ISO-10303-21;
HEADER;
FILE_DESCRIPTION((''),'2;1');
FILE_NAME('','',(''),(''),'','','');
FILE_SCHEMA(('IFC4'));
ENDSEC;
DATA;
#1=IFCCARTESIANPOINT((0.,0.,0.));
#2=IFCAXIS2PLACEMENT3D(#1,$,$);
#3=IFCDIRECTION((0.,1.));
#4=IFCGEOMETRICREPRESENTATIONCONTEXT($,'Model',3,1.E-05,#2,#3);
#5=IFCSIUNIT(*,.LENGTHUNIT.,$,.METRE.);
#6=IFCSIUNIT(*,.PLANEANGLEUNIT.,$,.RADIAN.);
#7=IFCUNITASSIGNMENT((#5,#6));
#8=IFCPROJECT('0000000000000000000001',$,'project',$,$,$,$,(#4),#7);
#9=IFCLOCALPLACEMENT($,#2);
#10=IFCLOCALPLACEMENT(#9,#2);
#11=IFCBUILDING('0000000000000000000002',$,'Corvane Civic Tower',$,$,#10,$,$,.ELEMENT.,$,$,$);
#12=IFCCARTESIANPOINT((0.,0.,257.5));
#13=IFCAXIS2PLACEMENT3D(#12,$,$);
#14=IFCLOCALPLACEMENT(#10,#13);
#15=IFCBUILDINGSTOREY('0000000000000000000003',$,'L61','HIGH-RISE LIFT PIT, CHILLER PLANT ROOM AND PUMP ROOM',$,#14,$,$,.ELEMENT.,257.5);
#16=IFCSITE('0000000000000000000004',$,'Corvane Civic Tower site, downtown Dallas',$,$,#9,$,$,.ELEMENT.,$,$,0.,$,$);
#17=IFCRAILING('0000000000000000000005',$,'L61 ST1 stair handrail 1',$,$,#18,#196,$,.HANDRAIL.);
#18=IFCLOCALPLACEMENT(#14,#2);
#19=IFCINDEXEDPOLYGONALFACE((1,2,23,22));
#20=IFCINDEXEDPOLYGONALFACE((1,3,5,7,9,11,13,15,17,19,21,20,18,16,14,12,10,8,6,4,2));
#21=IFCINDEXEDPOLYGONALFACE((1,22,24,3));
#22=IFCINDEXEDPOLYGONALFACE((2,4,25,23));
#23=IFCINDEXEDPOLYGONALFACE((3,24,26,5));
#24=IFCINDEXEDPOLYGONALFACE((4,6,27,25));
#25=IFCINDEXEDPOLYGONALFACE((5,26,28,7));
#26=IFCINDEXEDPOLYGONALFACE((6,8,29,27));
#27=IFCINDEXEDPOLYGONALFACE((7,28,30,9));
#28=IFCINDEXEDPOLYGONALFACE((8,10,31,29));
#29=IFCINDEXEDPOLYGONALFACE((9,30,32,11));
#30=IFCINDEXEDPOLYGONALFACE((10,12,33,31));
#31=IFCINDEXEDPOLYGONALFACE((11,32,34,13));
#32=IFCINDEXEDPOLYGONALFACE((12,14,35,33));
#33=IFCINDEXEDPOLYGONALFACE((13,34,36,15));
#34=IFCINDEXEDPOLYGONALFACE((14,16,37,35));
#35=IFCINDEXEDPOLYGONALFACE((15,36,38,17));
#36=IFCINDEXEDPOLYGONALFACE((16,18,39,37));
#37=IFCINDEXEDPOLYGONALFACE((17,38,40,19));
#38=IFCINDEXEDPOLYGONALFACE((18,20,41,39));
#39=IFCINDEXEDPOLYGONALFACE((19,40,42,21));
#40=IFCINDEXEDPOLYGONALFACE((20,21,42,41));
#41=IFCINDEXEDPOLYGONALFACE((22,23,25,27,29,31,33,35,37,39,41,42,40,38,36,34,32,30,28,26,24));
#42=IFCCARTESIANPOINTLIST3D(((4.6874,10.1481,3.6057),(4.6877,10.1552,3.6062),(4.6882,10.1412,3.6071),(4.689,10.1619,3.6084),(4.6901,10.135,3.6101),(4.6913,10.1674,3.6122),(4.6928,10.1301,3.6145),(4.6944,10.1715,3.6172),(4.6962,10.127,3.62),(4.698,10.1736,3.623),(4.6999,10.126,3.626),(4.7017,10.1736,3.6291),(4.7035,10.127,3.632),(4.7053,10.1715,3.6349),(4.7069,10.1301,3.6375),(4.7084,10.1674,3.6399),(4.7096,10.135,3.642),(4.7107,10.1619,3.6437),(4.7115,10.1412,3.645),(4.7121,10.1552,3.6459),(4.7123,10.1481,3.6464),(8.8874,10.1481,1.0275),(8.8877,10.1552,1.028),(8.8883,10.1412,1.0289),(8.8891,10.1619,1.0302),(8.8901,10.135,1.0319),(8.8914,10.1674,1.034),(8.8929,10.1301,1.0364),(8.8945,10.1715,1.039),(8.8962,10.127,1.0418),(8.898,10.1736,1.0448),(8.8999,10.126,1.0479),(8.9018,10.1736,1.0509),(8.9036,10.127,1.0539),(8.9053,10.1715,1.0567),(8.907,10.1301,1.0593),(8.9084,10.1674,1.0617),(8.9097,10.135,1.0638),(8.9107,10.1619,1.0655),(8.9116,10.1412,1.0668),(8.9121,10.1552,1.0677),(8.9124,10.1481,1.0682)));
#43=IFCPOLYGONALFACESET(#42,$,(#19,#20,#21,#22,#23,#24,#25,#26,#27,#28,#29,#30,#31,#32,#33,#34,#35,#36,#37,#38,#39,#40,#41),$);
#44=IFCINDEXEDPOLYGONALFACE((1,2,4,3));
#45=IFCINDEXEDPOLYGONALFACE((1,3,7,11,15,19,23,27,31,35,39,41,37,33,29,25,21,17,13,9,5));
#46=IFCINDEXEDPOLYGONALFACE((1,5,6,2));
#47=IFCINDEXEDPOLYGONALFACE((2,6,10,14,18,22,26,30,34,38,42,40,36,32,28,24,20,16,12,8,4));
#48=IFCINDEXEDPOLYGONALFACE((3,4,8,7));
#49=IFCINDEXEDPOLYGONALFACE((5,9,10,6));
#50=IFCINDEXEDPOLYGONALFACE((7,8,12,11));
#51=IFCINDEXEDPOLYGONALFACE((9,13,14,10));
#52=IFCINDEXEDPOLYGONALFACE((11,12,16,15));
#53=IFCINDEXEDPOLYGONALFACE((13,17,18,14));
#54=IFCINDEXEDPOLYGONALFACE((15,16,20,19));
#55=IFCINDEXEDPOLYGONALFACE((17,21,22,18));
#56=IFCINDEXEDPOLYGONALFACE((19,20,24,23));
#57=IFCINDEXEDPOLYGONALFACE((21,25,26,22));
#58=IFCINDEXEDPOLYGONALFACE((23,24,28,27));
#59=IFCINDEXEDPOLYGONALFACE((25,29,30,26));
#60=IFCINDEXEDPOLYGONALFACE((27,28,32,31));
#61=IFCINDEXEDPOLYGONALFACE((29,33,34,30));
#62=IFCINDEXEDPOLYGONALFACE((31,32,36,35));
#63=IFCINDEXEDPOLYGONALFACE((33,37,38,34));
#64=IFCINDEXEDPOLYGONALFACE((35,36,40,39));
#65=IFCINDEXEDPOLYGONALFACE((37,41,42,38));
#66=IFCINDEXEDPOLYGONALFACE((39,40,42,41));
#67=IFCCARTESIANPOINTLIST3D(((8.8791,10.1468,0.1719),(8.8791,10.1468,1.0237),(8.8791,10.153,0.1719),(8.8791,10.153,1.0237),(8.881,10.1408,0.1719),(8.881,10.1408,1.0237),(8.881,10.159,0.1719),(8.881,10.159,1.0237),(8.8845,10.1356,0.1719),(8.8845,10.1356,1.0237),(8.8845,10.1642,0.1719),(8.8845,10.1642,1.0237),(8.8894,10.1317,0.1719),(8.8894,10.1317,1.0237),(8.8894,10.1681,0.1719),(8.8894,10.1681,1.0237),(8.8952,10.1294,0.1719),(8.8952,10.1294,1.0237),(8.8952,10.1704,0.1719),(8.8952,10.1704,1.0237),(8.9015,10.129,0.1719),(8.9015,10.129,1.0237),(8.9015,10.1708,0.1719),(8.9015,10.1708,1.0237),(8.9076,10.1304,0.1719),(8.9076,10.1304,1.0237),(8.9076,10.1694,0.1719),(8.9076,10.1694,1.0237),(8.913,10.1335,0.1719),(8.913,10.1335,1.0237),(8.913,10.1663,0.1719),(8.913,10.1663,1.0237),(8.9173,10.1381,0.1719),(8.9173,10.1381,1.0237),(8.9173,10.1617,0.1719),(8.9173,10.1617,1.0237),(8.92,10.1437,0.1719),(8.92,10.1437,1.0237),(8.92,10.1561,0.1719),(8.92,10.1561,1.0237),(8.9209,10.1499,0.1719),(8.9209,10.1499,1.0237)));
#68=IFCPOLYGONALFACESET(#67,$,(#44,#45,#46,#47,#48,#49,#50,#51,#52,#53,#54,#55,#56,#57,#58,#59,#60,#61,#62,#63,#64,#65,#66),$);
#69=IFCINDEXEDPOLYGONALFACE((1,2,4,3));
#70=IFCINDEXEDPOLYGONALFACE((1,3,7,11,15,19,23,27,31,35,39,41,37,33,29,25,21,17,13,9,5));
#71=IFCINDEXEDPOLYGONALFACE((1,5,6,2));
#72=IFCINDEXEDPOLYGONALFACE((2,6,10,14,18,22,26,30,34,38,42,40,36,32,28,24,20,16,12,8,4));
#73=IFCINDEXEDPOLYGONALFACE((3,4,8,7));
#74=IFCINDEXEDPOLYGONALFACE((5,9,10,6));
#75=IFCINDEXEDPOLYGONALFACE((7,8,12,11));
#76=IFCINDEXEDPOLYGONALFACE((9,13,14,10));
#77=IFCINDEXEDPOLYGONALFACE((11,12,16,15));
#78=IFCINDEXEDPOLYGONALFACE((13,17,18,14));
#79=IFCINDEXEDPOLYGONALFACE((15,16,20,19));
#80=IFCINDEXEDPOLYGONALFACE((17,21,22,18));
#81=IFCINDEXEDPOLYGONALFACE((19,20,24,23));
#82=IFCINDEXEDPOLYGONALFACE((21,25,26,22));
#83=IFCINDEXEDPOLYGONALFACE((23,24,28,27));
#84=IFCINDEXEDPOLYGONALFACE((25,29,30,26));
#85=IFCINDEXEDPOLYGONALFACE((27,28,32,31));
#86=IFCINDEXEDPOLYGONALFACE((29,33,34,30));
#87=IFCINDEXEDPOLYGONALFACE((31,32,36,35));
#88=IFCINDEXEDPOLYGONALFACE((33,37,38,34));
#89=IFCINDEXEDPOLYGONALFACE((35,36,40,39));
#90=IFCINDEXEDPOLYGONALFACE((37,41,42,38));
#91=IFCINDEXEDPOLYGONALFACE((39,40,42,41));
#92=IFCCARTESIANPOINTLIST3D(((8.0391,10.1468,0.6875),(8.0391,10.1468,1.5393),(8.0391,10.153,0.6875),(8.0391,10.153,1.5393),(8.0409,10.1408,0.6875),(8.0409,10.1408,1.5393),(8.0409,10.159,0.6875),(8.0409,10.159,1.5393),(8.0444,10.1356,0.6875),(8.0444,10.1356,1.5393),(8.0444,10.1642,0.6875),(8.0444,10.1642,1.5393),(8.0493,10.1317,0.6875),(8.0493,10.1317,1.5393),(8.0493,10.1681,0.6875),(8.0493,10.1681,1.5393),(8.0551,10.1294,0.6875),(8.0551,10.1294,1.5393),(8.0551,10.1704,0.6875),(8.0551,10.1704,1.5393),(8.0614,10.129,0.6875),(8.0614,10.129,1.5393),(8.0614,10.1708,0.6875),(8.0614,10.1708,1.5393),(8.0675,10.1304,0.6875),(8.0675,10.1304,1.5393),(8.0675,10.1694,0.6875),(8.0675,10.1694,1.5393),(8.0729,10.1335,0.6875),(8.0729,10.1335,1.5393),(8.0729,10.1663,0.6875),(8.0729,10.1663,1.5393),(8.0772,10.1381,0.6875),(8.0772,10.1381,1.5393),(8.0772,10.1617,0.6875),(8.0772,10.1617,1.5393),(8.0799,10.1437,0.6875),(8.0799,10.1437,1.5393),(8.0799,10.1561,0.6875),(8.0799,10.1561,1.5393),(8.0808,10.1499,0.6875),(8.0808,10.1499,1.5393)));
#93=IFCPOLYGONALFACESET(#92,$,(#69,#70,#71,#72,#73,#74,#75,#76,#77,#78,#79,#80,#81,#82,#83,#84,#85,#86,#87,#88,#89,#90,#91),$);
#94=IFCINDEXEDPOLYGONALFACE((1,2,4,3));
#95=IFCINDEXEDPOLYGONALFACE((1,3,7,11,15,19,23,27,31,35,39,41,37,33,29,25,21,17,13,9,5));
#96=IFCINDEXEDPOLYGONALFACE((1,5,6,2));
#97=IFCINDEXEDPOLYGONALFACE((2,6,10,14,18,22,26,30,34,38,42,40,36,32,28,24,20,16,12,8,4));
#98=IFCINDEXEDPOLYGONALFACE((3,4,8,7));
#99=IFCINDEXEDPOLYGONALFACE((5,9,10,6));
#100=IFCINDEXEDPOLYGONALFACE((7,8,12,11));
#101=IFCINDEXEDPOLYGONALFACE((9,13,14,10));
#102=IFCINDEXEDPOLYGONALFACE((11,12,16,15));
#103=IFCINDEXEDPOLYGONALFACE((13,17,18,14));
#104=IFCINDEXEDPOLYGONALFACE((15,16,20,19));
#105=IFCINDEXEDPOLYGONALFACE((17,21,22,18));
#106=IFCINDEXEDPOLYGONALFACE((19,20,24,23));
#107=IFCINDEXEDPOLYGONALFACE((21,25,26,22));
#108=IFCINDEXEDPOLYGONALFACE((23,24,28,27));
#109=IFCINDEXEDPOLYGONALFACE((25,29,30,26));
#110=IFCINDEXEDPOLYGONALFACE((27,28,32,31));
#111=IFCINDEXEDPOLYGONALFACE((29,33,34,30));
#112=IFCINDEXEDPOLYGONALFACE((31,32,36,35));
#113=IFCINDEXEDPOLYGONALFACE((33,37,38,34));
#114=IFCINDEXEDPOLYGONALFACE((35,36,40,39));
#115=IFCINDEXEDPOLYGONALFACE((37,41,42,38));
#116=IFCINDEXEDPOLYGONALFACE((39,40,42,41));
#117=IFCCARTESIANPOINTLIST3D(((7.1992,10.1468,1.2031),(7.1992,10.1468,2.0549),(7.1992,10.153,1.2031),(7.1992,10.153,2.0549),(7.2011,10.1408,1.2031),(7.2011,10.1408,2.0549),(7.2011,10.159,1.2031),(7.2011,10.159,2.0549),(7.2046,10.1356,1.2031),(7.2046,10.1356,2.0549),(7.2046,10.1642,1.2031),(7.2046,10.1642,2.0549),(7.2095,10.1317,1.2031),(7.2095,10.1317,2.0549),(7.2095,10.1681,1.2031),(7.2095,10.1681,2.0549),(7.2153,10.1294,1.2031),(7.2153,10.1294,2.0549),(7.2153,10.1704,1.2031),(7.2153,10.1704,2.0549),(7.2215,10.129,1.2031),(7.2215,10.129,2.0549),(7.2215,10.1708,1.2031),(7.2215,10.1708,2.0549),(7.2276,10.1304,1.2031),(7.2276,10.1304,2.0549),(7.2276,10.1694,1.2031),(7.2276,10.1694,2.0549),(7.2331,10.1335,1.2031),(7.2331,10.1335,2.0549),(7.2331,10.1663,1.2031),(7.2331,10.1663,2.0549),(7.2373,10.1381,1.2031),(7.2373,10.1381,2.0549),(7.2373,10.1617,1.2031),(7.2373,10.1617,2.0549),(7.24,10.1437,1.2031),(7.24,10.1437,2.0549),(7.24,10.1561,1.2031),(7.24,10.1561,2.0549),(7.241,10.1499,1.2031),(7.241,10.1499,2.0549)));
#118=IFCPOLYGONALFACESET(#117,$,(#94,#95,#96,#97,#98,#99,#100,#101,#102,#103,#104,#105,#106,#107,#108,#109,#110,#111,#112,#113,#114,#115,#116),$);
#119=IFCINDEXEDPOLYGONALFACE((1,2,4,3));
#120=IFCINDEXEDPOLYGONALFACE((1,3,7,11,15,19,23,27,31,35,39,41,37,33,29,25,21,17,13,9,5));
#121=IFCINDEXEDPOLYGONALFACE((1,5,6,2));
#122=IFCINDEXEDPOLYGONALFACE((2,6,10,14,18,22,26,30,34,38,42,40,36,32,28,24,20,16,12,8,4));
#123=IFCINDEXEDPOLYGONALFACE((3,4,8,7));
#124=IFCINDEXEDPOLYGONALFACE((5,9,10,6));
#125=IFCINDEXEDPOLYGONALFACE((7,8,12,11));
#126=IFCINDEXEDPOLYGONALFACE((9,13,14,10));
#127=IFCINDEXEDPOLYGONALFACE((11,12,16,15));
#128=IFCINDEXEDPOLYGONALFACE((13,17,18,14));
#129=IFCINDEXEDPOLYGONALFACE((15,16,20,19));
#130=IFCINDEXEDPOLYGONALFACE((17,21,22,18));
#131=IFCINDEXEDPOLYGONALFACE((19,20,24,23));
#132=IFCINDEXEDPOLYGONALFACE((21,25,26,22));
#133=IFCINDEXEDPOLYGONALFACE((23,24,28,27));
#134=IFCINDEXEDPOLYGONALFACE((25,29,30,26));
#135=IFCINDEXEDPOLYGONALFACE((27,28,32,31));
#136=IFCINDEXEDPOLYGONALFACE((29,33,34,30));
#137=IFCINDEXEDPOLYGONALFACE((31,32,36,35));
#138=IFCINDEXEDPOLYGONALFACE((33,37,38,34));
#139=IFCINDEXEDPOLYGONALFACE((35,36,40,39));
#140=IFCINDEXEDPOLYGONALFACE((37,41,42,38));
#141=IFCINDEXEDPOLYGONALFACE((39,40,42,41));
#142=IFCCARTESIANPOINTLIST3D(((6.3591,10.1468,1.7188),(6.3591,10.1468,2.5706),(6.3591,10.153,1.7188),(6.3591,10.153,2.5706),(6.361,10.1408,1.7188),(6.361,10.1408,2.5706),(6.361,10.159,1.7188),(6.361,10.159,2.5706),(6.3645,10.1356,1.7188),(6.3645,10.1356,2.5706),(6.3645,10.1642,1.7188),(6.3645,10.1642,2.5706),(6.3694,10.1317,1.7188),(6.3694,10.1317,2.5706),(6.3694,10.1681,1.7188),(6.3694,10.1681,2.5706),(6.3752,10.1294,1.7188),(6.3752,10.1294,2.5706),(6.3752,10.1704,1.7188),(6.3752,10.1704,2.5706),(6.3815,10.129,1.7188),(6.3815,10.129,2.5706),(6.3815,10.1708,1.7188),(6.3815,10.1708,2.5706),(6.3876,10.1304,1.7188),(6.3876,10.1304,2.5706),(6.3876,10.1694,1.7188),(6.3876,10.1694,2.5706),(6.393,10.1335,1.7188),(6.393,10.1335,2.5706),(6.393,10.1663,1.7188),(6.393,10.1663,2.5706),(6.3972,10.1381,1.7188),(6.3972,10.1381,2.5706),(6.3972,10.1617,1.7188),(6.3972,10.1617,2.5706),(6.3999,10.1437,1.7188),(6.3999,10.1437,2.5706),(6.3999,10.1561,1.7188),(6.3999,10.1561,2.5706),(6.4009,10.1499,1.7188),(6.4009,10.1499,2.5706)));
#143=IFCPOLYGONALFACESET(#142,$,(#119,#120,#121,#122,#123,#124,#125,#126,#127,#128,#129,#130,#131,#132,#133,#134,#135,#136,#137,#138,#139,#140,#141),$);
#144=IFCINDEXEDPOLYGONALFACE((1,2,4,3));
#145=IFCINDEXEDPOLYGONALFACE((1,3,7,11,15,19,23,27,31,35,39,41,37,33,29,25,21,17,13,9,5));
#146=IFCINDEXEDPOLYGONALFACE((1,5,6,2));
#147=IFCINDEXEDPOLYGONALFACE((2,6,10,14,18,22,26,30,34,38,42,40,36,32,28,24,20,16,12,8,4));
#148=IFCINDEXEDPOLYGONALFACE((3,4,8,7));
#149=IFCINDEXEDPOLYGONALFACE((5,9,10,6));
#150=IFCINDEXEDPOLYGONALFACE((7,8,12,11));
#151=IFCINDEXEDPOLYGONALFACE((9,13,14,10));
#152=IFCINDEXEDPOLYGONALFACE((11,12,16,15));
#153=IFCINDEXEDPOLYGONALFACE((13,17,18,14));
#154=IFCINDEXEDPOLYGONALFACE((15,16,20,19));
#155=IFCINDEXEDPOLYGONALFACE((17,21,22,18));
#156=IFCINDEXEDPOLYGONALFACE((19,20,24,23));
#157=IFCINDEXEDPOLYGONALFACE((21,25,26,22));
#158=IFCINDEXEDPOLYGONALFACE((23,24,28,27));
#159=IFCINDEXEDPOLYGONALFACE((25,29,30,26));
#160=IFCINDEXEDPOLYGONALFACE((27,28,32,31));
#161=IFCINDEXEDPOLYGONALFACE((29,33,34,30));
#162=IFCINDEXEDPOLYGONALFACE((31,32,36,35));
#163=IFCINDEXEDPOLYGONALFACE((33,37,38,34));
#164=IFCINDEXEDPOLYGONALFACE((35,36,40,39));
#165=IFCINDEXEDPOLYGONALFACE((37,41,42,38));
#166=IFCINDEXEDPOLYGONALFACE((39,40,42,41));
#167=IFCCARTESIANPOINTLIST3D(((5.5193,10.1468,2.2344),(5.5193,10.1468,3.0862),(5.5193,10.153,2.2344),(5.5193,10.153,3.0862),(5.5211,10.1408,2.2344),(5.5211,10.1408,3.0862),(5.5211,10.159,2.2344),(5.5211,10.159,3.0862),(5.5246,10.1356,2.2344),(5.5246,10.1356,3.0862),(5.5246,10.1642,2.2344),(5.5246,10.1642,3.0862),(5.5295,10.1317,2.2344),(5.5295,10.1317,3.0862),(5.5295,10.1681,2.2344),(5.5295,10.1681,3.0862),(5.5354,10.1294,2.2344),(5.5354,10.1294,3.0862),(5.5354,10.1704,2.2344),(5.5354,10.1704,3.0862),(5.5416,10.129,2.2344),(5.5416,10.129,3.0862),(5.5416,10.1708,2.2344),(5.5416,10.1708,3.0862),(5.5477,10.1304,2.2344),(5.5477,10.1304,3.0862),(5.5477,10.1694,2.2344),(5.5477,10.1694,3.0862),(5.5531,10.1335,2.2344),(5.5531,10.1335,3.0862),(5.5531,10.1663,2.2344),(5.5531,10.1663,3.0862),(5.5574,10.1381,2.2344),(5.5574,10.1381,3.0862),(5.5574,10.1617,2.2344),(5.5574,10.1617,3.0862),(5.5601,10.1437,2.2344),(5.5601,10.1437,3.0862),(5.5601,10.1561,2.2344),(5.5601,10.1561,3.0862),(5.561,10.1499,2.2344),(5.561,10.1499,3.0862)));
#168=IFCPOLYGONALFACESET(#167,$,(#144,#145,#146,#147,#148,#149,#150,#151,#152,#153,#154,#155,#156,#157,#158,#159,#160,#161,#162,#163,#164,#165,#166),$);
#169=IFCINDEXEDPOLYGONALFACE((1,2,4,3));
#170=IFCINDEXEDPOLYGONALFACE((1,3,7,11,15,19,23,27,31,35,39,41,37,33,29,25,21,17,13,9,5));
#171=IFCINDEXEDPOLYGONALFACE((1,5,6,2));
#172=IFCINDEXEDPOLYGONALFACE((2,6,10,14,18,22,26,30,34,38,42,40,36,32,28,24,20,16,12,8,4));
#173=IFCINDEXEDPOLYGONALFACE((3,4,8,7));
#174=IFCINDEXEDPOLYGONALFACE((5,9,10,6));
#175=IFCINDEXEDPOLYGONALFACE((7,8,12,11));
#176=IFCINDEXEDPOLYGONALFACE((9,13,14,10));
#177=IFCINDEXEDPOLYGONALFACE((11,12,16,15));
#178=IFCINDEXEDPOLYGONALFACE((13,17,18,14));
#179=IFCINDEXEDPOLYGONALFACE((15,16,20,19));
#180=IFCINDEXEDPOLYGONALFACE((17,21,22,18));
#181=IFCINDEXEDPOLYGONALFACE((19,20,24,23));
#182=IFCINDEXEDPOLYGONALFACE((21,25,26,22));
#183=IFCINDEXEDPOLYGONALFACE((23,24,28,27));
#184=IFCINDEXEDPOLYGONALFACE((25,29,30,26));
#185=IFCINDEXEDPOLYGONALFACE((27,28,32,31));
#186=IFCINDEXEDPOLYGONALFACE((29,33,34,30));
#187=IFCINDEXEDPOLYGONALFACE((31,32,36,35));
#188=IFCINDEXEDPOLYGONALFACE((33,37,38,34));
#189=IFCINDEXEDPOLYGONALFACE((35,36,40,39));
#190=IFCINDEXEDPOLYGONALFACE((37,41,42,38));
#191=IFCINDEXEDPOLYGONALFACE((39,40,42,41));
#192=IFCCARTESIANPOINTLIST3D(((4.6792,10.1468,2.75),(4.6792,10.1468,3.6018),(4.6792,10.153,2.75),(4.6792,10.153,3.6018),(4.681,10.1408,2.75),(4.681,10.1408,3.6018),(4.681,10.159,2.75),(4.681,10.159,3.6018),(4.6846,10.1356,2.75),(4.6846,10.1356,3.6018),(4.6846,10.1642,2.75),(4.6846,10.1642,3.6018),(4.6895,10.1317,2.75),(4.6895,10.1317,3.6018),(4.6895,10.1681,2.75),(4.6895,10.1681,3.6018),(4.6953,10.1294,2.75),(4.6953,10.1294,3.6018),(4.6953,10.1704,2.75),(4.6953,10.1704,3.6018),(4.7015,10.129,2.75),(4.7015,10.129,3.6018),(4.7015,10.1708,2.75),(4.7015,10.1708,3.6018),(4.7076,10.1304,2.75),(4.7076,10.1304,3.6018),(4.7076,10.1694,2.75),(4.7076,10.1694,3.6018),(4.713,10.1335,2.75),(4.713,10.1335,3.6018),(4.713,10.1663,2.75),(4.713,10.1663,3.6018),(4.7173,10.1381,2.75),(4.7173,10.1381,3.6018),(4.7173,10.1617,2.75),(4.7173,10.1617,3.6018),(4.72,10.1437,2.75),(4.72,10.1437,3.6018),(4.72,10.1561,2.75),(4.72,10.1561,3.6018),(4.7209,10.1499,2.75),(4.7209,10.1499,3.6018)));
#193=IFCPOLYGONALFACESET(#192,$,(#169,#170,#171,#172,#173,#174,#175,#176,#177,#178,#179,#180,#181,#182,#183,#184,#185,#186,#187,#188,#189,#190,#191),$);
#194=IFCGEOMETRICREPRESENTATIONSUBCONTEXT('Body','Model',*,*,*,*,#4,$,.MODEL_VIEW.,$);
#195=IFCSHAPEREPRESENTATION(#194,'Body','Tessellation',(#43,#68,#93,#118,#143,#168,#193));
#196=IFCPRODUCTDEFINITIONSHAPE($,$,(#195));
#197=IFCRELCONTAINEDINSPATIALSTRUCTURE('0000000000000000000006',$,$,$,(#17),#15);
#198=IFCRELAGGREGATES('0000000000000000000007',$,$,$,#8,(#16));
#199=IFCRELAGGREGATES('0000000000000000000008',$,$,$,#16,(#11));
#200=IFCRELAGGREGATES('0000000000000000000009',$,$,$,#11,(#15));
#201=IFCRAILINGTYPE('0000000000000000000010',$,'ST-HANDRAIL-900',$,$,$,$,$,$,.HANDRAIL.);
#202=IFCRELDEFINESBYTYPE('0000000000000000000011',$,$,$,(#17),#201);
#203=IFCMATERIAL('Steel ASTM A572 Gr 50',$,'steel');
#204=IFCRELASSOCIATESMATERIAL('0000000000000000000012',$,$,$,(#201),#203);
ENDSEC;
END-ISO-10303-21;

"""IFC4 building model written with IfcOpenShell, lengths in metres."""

from ifc_helpers import new_model, si_unit, direction, frame, origin, origin_2d, place, context, subcontext, project, spatial, circle, extrude, material, type_object, element, save


model = new_model("IFC4")

# Units and contexts
model_context = context("Model", 3, precision=1e-05, world=origin(), true_north=direction((0.0, 1.0)))
body_context = subcontext(model_context, "Body", "Model", "MODEL_VIEW")
ifc_project = project(units=[si_unit("LENGTHUNIT", "METRE"), si_unit("PLANEANGLEUNIT", "RADIAN")], contexts=[model_context])

# Site, building, storey
site_placement = place(None, origin())
site = spatial("IfcSite", under=ifc_project, at=site_placement, Name="Corvane Civic Tower site, downtown Dallas", CompositionType="ELEMENT", RefElevation=0.0)
building_placement = place(site_placement, origin())
building = spatial("IfcBuilding", under=site, at=building_placement, Name="Corvane Civic Tower", CompositionType="ELEMENT")
storey_placement = place(building_placement, frame((0.0, 0.0, 257.5)))
storey = spatial("IfcBuildingStorey", under=building, at=storey_placement, Name="L61", Description="HIGH-RISE LIFT PIT, CHILLER PLANT ROOM AND PUMP ROOM", CompositionType="ELEMENT", Elevation=257.5)

# Railing
ifc_material_1 = material(Name="Steel ASTM A572 Gr 50", Category="steel")
railing_type_1 = type_object("IfcRailingType", Name="ST-HANDRAIL-900", PredefinedType="HANDRAIL", material=ifc_material_1)
railing_1_placement = place(storey_placement, frame((8.8999, 10.1499, 0.1719)))
element("IfcRailing", 1, at=railing_1_placement, inside=storey, type_object=railing_type_1, Name="L61 ST1 stair handrail 1", PredefinedType="HANDRAIL", context=body_context, shape_type="SweptSolid", body=[
    extrude(circle(Radius=0.0239, at=origin_2d()), frame((0.0, 0.0, 0.876), z_axis=(-0.852243, 0.0, 0.523146), x_axis=(0.0, -1.0, 0.0)), (0.0, 0.0, 1.0), 4.9282),
    extrude(circle(Radius=0.021, at=origin_2d()), origin(), (0.0, 0.0, 1.0), 0.8518),
    extrude(circle(Radius=0.021, at=origin_2d()), frame((-0.8401, 0.0, 0.5156)), (0.0, 0.0, 1.0), 0.8518),
    extrude(circle(Radius=0.021, at=origin_2d()), frame((-1.6799, 0.0, 1.0312)), (0.0, 0.0, 1.0), 0.8518),
    extrude(circle(Radius=0.021, at=origin_2d()), frame((-2.52, 0.0, 1.5469)), (0.0, 0.0, 1.0), 0.8518),
    extrude(circle(Radius=0.021, at=origin_2d()), frame((-3.3599, 0.0, 2.0625)), (0.0, 0.0, 1.0), 0.8518),
    extrude(circle(Radius=0.021, at=origin_2d()), frame((-4.2, 0.0, 2.5781)), (0.0, 0.0, 1.0), 0.8518),
])

save(model, "model.ifc")
